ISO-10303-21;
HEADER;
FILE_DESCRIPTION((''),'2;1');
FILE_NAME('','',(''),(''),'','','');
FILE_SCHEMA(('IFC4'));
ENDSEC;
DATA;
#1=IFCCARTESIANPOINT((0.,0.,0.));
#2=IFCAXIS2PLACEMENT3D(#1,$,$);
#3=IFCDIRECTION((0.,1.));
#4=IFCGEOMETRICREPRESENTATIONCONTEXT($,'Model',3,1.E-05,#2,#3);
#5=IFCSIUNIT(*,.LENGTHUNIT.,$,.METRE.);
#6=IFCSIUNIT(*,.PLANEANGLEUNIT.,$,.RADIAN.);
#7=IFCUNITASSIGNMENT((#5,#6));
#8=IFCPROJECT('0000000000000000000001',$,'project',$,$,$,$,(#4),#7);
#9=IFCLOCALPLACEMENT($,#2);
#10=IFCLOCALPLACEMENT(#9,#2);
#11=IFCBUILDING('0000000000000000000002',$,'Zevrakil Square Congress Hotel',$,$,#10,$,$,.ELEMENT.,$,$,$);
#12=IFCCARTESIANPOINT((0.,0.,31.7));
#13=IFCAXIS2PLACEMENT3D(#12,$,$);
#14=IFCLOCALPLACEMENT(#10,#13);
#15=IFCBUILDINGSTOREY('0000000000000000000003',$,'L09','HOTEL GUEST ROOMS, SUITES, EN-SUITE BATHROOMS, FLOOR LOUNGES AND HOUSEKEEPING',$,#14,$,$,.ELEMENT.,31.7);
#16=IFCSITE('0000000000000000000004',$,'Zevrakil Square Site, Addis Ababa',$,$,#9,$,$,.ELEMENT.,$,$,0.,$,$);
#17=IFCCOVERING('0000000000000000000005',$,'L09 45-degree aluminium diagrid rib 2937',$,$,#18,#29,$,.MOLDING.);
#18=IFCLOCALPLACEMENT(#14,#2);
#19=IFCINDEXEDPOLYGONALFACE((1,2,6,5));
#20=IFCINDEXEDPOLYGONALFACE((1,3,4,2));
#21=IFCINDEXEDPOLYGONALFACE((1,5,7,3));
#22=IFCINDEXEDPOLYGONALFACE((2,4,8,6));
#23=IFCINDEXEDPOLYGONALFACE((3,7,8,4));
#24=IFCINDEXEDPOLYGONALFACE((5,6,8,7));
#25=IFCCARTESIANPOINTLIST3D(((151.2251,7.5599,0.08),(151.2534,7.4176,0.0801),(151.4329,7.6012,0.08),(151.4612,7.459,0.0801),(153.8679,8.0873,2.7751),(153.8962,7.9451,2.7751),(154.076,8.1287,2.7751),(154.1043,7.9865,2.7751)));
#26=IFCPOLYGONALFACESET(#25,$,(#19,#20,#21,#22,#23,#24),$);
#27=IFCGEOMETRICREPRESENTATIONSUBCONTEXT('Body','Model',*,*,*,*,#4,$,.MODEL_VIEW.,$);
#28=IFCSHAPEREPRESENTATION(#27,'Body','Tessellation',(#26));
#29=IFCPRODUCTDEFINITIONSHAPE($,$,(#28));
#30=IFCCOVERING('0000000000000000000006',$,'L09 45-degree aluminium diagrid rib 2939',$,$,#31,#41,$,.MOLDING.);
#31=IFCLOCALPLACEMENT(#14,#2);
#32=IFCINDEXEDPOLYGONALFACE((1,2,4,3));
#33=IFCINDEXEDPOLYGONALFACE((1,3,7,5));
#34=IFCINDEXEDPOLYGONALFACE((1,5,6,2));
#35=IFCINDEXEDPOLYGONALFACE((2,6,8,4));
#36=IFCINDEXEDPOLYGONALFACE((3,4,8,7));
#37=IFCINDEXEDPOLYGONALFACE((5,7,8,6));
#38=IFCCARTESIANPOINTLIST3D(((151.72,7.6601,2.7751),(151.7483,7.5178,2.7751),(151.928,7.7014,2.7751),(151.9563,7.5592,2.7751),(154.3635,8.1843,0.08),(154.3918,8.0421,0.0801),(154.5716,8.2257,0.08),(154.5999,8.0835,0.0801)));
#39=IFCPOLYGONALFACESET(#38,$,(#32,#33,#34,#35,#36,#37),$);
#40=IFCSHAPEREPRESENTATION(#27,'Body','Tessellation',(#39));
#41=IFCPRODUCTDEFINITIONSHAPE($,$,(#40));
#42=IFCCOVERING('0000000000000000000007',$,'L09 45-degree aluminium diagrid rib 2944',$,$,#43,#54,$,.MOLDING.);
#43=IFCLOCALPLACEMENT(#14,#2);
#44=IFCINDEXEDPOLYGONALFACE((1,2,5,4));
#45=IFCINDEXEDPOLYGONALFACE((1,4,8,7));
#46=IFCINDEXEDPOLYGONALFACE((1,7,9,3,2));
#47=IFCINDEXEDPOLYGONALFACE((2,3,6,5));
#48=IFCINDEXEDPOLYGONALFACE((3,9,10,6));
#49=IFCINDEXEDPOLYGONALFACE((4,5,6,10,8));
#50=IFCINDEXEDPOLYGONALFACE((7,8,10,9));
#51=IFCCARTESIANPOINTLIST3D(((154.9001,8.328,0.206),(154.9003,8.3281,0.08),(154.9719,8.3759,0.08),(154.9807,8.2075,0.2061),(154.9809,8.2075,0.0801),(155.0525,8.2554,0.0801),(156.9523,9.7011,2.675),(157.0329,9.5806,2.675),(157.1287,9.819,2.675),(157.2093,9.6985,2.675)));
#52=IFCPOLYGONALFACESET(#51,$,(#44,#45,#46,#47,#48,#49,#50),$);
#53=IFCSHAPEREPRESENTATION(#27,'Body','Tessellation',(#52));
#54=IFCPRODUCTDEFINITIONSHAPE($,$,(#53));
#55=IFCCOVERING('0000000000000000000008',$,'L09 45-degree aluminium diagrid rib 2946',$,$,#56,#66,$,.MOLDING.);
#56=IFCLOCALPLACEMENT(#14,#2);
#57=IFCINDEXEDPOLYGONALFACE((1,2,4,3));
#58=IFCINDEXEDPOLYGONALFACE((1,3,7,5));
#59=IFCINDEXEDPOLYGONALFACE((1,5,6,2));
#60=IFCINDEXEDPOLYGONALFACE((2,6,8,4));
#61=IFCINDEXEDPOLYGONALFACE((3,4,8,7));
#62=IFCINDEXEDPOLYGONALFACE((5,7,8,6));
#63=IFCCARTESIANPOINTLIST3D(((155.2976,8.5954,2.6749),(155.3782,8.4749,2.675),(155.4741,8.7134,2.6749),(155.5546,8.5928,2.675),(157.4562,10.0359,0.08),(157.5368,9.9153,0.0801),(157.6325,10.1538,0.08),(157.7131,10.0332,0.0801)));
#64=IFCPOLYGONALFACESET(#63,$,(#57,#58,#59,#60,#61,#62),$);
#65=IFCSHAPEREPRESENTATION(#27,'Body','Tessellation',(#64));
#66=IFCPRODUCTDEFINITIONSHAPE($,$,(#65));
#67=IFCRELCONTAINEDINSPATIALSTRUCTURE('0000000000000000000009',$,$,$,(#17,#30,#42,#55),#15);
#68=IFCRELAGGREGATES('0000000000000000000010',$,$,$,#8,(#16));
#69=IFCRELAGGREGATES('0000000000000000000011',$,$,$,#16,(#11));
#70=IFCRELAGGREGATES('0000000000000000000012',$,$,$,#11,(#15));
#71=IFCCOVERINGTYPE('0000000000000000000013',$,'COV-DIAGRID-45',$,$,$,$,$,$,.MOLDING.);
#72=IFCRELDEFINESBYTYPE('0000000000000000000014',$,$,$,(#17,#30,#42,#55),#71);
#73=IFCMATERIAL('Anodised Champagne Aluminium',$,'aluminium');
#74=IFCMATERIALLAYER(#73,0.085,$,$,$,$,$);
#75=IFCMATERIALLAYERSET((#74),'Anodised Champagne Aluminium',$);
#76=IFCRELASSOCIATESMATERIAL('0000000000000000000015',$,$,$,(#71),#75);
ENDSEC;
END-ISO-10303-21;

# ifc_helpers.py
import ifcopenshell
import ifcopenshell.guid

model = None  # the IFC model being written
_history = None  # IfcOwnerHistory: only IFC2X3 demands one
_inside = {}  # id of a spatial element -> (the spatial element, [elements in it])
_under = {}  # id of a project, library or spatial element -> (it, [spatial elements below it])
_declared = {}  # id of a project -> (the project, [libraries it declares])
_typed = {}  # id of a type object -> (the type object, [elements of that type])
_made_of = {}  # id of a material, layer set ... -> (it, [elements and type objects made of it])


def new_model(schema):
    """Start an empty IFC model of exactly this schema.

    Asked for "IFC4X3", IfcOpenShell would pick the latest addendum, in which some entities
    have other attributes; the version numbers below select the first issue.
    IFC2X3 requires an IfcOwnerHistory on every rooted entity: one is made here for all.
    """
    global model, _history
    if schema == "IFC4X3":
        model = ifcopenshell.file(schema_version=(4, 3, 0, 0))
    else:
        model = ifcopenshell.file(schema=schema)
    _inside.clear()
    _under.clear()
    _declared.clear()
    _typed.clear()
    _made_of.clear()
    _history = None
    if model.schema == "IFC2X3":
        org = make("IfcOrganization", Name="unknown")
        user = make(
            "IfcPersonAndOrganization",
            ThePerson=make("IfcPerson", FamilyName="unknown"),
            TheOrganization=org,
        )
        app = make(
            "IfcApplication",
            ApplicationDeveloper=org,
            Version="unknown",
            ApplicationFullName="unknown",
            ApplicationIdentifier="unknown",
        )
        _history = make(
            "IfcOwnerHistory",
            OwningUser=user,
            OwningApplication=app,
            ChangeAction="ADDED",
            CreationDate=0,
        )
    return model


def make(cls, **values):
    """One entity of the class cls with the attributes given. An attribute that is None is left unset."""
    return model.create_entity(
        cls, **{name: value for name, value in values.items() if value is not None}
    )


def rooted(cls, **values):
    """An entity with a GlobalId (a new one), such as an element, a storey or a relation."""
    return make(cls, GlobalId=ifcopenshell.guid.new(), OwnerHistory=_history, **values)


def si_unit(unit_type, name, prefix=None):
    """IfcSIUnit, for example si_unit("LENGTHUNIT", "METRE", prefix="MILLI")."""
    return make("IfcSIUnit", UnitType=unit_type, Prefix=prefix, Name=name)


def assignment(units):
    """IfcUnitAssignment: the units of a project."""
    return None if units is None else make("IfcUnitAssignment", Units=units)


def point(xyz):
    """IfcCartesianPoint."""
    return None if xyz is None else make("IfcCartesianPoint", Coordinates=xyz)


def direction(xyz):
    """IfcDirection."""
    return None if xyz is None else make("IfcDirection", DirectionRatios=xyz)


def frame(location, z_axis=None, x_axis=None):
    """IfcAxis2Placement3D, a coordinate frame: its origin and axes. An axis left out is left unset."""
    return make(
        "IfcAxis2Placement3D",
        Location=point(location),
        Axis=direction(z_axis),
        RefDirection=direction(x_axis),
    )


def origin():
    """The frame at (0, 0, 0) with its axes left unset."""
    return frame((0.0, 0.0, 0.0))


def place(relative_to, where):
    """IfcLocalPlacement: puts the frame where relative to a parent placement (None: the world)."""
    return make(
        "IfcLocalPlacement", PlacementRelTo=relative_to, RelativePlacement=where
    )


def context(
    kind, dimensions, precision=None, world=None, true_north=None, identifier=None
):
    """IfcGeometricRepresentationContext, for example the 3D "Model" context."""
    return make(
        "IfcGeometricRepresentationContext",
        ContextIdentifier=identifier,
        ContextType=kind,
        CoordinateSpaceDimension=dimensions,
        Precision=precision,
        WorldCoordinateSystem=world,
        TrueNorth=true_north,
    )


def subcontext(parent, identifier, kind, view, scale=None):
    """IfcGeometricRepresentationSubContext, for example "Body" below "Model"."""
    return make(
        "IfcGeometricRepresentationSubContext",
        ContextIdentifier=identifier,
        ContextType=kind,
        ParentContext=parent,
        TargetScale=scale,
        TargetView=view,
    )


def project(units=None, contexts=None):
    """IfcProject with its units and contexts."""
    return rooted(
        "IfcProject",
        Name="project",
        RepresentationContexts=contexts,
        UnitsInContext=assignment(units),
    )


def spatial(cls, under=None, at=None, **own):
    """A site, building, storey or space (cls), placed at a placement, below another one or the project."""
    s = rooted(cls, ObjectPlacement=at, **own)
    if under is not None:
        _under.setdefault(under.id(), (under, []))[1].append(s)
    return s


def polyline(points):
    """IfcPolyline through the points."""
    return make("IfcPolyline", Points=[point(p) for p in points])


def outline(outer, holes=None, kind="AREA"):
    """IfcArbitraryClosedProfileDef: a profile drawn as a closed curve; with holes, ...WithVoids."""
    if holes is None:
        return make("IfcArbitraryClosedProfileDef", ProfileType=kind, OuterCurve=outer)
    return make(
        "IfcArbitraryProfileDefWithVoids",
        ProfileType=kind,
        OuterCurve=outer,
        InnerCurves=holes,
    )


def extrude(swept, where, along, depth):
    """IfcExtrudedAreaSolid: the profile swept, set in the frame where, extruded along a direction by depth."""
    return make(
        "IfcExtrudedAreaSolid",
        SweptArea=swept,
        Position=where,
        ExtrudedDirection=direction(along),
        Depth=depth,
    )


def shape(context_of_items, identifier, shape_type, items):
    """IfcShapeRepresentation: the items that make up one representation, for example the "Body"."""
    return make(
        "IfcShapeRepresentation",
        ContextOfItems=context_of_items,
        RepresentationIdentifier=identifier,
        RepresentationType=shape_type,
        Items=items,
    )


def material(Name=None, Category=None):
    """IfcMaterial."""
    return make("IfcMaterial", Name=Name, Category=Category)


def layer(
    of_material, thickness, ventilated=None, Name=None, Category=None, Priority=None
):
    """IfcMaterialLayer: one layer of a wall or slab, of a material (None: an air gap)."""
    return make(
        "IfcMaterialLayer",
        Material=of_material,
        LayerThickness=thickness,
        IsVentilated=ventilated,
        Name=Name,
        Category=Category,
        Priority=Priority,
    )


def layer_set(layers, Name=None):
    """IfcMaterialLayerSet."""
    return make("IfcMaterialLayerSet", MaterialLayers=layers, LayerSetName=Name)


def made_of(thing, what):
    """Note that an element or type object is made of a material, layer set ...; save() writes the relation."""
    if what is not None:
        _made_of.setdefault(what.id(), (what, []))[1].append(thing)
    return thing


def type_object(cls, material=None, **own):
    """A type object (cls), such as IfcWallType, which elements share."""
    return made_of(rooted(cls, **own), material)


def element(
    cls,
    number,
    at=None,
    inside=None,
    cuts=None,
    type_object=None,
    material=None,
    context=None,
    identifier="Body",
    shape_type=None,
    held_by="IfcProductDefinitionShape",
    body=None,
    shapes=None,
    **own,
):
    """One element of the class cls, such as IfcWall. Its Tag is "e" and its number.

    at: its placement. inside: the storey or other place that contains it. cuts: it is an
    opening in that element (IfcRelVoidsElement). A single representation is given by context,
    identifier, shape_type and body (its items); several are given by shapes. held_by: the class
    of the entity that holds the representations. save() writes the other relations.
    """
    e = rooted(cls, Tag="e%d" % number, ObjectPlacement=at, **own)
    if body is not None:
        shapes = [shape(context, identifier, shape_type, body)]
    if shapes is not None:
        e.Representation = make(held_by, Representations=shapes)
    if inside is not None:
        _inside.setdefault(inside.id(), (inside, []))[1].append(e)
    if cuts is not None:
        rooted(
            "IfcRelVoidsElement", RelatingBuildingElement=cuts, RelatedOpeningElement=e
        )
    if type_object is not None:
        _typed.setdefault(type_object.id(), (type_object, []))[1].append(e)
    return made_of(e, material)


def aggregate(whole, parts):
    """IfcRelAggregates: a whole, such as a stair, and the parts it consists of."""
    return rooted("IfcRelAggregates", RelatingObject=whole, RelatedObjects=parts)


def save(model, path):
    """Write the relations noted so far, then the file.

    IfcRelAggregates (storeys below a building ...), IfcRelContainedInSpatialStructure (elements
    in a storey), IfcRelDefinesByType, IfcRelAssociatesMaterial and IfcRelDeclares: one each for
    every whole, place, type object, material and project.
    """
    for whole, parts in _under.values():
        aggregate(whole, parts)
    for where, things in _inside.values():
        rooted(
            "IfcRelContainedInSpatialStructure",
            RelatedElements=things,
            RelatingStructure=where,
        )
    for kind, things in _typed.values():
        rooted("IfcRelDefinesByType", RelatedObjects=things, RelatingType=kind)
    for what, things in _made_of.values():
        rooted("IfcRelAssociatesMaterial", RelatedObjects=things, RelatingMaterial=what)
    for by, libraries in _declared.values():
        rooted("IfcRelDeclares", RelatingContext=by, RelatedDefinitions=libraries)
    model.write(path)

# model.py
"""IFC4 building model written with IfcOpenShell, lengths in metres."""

from ifc_helpers import new_model, si_unit, direction, frame, origin, place, context, subcontext, project, spatial, polyline, outline, extrude, material, layer, layer_set, type_object, element, save


model = new_model("IFC4")

# Units and contexts
model_context = context("Model", 3, precision=1e-05, world=origin(), true_north=direction((0.0, 1.0)))
body_context = subcontext(model_context, "Body", "Model", "MODEL_VIEW")
ifc_project = project(units=[si_unit("LENGTHUNIT", "METRE"), si_unit("PLANEANGLEUNIT", "RADIAN")], contexts=[model_context])

# Site, building, storey
site_placement = place(None, origin())
site = spatial("IfcSite", under=ifc_project, at=site_placement, Name="Zevrakil Square Site, Addis Ababa", CompositionType="ELEMENT", RefElevation=0.0)
building_placement = place(site_placement, origin())
building = spatial("IfcBuilding", under=site, at=building_placement, Name="Zevrakil Square Congress Hotel", CompositionType="ELEMENT")
storey_placement = place(building_placement, frame((0.0, 0.0, 31.7)))
storey = spatial("IfcBuildingStorey", under=building, at=storey_placement, Name="L09", Description="HOTEL GUEST ROOMS, SUITES, EN-SUITE BATHROOMS, FLOOR LOUNGES AND HOUSEKEEPING", CompositionType="ELEMENT", Elevation=31.7)

# Coverings
ifc_material_1 = material(Name="Anodised Champagne Aluminium", Category="aluminium")
ifc_layer_1 = layer(ifc_material_1, 0.085)
ifc_layer_set_1 = layer_set([ifc_layer_1], Name="Anodised Champagne Aluminium")
covering_type_1 = type_object("IfcCoveringType", Name="COV-DIAGRID-45", PredefinedType="MOLDING", material=ifc_layer_set_1)
covering_1_placement = place(storey_placement, frame((151.4612, 7.459, 0.0801), z_axis=(0.19523, -0.980757, 0.000495), x_axis=(-0.980757, -0.19523, 0.0)))
element("IfcCovering", 1, at=covering_1_placement, inside=storey, type_object=covering_type_1, Name="L09 45-degree aluminium diagrid rib 2937", PredefinedType="MOLDING", context=body_context, shape_type="SweptSolid", body=[
    extrude(outline(polyline([(0.0, 0.0), (0.2118, 0.0), (-2.4831, -2.6951), (-2.6952, -2.6951), (0.0, 0.0)])), origin(), (0.0, 0.0, -1.0), 0.145),
])
covering_2_placement = place(storey_placement, frame((151.7483, 7.5178, 2.7751), z_axis=(0.19512, -0.980779, 0.000592), x_axis=(0.980779, 0.19512, 0.0)))
element("IfcCovering", 2, at=covering_2_placement, inside=storey, type_object=covering_type_1, Name="L09 45-degree aluminium diagrid rib 2939", PredefinedType="MOLDING", context=body_context, shape_type="SweptSolid", body=[
    extrude(outline(polyline([(0.0, 0.0), (0.2121, 0.0), (2.9071, -2.6951), (2.695, -2.6951), (0.0, 0.0)])), origin(), (0.0, 0.0, -1.0), 0.145),
])
covering_3_placement = place(storey_placement, frame((155.0525, 8.2554, 0.0801), z_axis=(0.555779, -0.83133, 0.000384), x_axis=(-0.83133, -0.555779, 0.0)))
element("IfcCovering", 3, at=covering_3_placement, inside=storey, type_object=covering_type_1, Name="L09 45-degree aluminium diagrid rib 2944", PredefinedType="MOLDING", context=body_context, shape_type="SweptSolid", body=[
    extrude(outline(polyline([(0.0, 0.0), (0.0861, 0.0), (0.0863, -0.126), (-2.3829, -2.595), (-2.595, -2.595), (0.0, 0.0)])), origin(), (0.0, 0.0, -1.0), 0.145),
])
covering_4_placement = place(storey_placement, frame((155.3782, 8.4749, 2.675), z_axis=(0.555762, -0.831341, 0.000833), x_axis=(0.831342, 0.555762, 0.0)))
element("IfcCovering", 4, at=covering_4_placement, inside=storey, type_object=covering_type_1, Name="L09 45-degree aluminium diagrid rib 2946", PredefinedType="MOLDING", context=body_context, shape_type="SweptSolid", body=[
    extrude(outline(polyline([(0.0, 0.0), (0.2123, 0.0), (2.8072, -2.595), (2.5951, -2.595), (0.0, 0.0)])), origin(), (0.0, 0.0, -1.0), 0.145),
])

save(model, "model.ifc")
